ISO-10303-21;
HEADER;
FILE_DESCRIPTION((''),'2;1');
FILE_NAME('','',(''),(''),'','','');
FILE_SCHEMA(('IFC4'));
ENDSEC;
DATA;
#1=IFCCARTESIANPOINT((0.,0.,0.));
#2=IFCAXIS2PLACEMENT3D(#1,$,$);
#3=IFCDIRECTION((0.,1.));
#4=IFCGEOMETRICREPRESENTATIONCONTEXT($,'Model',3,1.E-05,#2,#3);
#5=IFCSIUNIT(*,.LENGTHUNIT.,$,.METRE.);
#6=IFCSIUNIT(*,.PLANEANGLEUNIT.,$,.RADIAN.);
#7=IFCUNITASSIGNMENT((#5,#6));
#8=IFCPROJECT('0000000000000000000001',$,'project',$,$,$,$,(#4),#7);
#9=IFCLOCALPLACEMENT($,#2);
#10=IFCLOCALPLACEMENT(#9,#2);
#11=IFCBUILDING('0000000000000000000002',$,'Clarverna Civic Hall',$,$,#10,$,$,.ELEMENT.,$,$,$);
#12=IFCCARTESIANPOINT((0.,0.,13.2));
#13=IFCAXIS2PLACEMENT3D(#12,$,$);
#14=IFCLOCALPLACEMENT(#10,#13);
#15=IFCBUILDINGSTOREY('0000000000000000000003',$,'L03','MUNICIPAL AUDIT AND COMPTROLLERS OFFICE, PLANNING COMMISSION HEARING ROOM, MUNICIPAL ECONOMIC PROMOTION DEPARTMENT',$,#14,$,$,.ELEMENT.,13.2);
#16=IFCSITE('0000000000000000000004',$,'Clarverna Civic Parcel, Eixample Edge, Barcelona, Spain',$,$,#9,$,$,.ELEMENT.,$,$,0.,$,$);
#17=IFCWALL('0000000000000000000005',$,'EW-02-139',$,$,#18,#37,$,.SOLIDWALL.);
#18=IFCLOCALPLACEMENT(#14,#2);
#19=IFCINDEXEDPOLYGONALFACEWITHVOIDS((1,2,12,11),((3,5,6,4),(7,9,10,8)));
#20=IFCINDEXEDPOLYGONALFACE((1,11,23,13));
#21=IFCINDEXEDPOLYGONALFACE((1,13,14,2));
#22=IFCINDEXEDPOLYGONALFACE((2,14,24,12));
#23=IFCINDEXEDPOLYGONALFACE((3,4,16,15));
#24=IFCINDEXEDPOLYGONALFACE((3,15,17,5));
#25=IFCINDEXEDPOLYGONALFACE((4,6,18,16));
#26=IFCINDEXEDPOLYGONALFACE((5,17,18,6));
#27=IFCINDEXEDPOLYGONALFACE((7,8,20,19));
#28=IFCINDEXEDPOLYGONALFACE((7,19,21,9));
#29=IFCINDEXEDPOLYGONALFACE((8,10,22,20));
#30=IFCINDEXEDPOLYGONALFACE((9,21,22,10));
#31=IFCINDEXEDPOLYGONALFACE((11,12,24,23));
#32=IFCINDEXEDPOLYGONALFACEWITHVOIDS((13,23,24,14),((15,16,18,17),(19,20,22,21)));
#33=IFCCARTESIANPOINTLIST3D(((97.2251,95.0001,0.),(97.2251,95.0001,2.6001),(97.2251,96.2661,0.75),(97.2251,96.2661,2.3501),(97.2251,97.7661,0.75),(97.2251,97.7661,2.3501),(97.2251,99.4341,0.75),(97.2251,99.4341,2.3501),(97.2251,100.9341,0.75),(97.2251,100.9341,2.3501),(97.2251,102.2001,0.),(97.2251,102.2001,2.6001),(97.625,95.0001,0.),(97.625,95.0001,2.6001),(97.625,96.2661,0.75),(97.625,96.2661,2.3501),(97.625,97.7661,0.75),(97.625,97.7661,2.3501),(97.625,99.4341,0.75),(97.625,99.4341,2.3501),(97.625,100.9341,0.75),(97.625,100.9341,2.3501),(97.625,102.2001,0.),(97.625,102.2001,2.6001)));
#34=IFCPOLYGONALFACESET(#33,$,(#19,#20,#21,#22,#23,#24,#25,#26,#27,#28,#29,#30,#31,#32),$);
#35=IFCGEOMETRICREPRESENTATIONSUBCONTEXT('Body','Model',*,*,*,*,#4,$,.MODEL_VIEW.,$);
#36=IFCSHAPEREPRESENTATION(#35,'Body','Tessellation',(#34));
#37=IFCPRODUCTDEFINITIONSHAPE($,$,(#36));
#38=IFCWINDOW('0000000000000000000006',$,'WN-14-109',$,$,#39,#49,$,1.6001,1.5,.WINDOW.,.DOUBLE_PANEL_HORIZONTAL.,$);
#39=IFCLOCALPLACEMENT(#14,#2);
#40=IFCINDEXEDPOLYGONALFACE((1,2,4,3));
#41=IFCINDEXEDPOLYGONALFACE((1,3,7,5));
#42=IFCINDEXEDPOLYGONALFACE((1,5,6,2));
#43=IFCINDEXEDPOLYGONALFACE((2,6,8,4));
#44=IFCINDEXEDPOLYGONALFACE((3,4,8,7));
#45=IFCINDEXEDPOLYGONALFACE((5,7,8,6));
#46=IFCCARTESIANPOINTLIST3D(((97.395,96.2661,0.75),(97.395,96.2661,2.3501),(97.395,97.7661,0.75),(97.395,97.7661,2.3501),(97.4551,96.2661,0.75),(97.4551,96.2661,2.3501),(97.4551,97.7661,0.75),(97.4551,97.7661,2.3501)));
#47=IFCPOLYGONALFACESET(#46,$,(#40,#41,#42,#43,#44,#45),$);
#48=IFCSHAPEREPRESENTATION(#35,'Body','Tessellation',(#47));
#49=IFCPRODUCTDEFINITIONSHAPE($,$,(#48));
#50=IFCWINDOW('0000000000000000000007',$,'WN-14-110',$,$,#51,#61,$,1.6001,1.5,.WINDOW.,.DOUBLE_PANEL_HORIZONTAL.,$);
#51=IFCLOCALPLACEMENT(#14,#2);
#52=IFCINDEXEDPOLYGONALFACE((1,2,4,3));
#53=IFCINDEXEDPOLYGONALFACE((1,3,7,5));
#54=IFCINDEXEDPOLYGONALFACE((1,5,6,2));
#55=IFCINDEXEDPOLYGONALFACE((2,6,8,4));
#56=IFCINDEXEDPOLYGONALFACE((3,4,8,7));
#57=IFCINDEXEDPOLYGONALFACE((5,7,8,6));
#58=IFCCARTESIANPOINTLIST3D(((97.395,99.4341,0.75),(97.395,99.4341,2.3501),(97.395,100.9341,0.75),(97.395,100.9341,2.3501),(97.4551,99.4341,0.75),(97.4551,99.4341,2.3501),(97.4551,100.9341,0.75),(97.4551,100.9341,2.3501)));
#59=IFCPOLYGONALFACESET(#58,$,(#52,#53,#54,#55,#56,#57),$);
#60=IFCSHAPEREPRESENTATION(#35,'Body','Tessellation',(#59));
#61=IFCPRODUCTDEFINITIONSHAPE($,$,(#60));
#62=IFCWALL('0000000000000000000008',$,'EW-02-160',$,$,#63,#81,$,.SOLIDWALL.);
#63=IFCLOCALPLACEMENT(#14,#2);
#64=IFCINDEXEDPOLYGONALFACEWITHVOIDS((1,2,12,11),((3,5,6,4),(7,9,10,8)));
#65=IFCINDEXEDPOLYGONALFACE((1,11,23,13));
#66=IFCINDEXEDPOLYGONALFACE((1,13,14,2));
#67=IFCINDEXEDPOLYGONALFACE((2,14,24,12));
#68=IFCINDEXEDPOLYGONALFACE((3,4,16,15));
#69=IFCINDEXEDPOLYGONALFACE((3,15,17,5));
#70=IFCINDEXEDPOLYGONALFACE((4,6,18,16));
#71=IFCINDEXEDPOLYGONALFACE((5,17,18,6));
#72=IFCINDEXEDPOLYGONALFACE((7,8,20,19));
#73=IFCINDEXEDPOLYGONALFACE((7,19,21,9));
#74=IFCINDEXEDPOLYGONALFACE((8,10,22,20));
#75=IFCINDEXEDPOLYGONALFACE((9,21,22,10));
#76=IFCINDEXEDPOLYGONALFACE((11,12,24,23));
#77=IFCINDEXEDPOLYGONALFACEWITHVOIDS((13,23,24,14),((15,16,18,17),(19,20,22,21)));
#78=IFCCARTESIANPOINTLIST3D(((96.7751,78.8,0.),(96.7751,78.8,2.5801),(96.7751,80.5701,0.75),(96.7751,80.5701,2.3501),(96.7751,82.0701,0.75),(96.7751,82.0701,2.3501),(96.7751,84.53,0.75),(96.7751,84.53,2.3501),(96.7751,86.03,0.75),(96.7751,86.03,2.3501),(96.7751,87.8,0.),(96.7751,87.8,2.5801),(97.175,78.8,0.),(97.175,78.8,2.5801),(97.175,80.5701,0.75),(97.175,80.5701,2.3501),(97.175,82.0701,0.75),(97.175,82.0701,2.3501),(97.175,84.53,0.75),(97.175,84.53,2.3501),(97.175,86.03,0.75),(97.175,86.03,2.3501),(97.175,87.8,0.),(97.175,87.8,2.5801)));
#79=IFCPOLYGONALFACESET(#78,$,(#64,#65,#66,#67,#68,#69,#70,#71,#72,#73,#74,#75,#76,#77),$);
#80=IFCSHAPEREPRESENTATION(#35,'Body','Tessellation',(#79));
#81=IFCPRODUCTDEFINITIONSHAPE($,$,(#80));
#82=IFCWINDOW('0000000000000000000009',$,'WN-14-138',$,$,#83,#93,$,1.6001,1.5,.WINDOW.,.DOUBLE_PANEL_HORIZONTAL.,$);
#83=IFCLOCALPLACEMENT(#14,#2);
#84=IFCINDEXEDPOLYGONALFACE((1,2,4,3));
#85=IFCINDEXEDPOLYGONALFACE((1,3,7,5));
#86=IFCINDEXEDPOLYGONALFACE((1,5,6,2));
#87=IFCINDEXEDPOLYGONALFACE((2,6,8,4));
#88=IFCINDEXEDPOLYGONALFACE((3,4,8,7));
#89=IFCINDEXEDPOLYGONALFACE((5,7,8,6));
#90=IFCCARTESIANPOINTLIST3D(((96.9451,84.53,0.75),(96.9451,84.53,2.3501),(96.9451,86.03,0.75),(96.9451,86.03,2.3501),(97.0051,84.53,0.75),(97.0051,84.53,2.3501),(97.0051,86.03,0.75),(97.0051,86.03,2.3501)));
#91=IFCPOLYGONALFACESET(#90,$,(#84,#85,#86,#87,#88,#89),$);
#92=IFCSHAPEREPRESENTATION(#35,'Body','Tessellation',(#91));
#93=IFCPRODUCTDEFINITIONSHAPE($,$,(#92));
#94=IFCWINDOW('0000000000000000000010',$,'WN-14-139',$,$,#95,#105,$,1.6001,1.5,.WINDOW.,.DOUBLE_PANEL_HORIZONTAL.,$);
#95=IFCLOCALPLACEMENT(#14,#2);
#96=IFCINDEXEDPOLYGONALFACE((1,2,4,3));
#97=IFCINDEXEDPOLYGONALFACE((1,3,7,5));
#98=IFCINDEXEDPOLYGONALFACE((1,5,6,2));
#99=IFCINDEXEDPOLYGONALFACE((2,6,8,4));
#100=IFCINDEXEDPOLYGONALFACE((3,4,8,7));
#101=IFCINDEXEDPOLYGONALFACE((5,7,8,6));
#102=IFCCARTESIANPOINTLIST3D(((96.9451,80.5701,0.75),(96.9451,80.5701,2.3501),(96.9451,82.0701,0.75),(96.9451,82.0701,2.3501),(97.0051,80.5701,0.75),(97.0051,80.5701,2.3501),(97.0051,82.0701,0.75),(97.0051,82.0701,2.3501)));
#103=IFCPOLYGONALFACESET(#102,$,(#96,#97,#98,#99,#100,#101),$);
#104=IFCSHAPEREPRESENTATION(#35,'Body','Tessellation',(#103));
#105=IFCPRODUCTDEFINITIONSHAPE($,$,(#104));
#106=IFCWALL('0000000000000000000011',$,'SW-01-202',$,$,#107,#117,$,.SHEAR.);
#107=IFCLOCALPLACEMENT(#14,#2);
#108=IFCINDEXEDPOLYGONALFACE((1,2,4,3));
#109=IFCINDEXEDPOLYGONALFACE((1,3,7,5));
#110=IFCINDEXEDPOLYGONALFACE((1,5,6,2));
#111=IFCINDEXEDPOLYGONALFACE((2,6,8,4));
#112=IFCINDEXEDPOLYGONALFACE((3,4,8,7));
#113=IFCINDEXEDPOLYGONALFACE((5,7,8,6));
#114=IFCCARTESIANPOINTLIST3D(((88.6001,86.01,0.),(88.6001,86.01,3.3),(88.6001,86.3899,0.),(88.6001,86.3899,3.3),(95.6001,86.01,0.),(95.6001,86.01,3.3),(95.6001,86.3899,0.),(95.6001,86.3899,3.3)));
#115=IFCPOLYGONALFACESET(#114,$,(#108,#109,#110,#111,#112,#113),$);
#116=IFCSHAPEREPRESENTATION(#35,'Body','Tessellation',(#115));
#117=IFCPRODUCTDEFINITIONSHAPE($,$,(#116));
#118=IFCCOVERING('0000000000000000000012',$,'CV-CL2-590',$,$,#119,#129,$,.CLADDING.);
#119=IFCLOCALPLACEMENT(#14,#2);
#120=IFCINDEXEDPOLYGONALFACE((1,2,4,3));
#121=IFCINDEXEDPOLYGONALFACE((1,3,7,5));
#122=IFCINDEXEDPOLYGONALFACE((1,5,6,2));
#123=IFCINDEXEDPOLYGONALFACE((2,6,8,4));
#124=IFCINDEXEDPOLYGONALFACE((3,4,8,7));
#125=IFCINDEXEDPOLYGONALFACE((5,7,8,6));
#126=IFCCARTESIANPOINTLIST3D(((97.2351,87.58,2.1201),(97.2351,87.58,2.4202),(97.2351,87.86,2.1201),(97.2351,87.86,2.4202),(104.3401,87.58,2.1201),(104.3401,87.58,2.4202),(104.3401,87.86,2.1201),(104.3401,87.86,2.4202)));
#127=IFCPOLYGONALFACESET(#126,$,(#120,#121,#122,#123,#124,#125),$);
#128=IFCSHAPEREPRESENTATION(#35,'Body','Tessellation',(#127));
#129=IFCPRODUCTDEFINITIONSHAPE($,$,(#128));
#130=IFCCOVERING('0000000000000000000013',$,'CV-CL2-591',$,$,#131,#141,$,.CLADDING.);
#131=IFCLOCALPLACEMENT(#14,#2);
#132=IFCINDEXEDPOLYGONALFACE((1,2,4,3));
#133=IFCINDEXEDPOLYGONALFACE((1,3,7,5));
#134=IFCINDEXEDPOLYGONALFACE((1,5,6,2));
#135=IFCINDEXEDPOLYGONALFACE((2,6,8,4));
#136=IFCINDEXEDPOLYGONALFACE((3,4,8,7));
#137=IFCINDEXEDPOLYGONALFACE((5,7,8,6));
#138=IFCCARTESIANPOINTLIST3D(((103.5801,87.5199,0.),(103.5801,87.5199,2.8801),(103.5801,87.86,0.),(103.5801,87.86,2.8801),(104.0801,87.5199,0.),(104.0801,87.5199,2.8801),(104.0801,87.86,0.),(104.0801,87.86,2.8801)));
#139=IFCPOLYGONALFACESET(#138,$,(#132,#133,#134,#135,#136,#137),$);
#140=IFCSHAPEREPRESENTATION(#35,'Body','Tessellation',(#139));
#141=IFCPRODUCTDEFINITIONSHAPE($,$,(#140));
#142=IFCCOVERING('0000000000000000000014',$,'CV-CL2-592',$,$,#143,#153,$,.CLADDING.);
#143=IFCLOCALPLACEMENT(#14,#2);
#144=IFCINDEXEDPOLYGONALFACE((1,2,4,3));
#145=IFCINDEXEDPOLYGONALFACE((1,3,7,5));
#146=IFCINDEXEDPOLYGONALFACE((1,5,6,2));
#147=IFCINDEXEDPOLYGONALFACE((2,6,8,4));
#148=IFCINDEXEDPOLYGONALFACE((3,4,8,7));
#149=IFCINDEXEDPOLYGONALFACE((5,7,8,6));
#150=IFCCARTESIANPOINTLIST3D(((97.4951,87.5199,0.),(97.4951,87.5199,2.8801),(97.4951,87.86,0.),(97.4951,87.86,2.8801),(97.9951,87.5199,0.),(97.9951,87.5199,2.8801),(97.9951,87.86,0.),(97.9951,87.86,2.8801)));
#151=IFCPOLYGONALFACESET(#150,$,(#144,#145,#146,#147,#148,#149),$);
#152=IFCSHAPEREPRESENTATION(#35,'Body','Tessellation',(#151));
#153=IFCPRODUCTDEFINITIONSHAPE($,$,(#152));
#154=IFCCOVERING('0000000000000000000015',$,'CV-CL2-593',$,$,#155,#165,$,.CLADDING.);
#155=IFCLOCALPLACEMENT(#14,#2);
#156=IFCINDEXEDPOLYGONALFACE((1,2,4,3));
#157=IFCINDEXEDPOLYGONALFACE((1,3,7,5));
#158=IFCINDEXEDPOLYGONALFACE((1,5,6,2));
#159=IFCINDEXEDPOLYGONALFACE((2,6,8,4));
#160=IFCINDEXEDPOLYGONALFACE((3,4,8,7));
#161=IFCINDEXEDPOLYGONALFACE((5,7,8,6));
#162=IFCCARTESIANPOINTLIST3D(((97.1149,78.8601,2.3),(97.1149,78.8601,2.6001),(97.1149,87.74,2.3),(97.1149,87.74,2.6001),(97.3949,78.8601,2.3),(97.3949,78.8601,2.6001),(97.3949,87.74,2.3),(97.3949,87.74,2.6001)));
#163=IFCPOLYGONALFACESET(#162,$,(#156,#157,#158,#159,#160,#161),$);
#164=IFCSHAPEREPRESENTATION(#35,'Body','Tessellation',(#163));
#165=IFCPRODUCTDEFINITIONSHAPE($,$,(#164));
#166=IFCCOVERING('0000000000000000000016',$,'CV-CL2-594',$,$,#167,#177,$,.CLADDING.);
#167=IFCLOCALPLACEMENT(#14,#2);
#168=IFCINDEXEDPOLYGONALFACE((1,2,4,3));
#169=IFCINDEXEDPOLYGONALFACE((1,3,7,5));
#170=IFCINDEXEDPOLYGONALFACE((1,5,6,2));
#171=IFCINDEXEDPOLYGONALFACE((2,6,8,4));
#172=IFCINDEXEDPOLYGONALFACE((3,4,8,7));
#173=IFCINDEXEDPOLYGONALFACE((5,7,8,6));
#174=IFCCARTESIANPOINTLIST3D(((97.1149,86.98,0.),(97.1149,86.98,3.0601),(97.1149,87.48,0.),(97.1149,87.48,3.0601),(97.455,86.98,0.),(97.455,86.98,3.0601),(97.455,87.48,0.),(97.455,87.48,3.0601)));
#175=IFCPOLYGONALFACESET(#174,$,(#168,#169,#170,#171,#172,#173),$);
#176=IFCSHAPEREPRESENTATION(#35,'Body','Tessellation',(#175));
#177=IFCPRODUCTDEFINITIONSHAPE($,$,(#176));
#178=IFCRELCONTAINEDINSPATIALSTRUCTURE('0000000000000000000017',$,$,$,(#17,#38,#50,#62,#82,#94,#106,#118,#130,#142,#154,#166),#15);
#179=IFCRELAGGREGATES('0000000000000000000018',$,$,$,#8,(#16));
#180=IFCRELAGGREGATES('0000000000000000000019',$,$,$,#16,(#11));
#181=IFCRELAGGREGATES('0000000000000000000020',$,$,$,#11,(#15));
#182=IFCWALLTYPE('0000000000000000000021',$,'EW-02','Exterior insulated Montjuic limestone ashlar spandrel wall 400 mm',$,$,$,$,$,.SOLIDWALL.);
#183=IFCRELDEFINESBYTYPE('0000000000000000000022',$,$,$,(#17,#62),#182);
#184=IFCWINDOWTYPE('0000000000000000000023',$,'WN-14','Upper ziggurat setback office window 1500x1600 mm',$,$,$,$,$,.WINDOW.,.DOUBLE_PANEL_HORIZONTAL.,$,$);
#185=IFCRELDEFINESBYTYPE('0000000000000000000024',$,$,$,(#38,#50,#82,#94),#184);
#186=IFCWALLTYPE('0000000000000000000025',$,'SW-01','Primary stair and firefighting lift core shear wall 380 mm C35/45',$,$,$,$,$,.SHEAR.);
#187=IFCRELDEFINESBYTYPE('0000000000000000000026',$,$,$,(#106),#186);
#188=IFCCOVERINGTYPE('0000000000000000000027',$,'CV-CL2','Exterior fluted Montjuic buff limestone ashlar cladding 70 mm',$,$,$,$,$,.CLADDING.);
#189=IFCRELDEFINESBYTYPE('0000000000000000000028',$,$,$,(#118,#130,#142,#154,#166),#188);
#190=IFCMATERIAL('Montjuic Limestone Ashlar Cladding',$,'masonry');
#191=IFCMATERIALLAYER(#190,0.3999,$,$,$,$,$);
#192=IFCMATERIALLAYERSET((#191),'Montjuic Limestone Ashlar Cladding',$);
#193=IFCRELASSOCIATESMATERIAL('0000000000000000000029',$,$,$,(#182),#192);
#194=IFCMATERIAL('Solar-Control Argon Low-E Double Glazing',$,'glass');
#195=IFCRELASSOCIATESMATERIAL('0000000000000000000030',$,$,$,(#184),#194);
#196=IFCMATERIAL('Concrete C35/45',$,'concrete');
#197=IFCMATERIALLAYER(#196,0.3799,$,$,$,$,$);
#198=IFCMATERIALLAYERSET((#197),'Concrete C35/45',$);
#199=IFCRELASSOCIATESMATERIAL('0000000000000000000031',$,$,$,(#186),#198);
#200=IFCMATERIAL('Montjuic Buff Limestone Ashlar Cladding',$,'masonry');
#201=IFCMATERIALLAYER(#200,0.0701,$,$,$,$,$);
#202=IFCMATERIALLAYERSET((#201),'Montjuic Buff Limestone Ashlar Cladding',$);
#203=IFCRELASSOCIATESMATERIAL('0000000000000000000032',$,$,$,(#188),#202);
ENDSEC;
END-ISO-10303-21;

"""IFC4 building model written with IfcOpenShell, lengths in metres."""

from ifc_helpers import new_model, si_unit, direction, frame, frame_2d, origin, place, context, subcontext, project, spatial, rectangle, extrude, material, layer, layer_set, type_object, element, fill, save


model = new_model("IFC4")

# Units and contexts
model_context = context("Model", 3, precision=1e-05, world=origin(), true_north=direction((0.0, 1.0)))
body_context = subcontext(model_context, "Body", "Model", "MODEL_VIEW")
ifc_project = project(units=[si_unit("LENGTHUNIT", "METRE"), si_unit("PLANEANGLEUNIT", "RADIAN")], contexts=[model_context])

# Site, building, storey
site_placement = place(None, origin())
site = spatial("IfcSite", under=ifc_project, at=site_placement, Name="Clarverna Civic Parcel, Eixample Edge, Barcelona, Spain", CompositionType="ELEMENT", RefElevation=0.0)
building_placement = place(site_placement, origin())
building = spatial("IfcBuilding", under=site, at=building_placement, Name="Clarverna Civic Hall", CompositionType="ELEMENT")
storey_placement = place(building_placement, frame((0.0, 0.0, 13.2)))
storey = spatial("IfcBuildingStorey", under=building, at=storey_placement, Name="L03", Description="MUNICIPAL AUDIT AND COMPTROLLERS OFFICE, PLANNING COMMISSION HEARING ROOM, MUNICIPAL ECONOMIC PROMOTION DEPARTMENT", CompositionType="ELEMENT", Elevation=13.2)

# Shared definitions
ifc_material_1 = material(Name="Concrete C35/45", Category="concrete")

# Walls, openings, windows
ifc_material_2 = material(Name="Montjuic Limestone Ashlar Cladding", Category="masonry")
ifc_layer_1 = layer(ifc_material_2, 0.3999)
ifc_layer_set_1 = layer_set([ifc_layer_1], Name="Montjuic Limestone Ashlar Cladding")
wall_type_1 = type_object("IfcWallType", Name="EW-02", Description="Exterior insulated Montjuic limestone ashlar spandrel wall 400 mm", PredefinedType="SOLIDWALL", material=ifc_layer_set_1)
wall_1_placement = place(storey_placement, frame((97.425, 95.0, 0.0), z_axis=(0.0, 0.0, 1.0), x_axis=(0.0, 1.0, 0.0)))
wall_1 = element("IfcWall", 1, at=wall_1_placement, inside=storey, type_object=wall_type_1, Name="EW-02-139", PredefinedType="SOLIDWALL", context=body_context, shape_type="SweptSolid", body=[
    extrude(rectangle(XDim=7.2, YDim=0.3999, at=frame_2d((3.6001, 0.0))), origin(), (0.0, 0.0, 1.0), 2.6001),
])
opening_1_placement = place(wall_1_placement, frame((1.2661, 0.0, 0.75)))
opening_1 = element("IfcOpeningElement", 2, at=opening_1_placement, cuts=wall_1, PredefinedType="OPENING", context=body_context, shape_type="SweptSolid", body=[
    extrude(rectangle(XDim=1.5, YDim=1.6001, at=frame_2d((0.75, 0.8))), frame((0.0, 0.21, 0.0), z_axis=(0.0, -1.0, 0.0), x_axis=(1.0, 0.0, 0.0)), (0.0, 0.0, 1.0), 0.4199),
])
opening_2_placement = place(wall_1_placement, frame((4.4341, 0.0, 0.75)))
opening_2 = element("IfcOpeningElement", 3, at=opening_2_placement, cuts=wall_1, PredefinedType="OPENING", context=body_context, shape_type="SweptSolid", body=[
    extrude(rectangle(XDim=1.5, YDim=1.6001, at=frame_2d((0.75, 0.8))), frame((0.0, 0.21, 0.0), z_axis=(0.0, -1.0, 0.0), x_axis=(1.0, 0.0, 0.0)), (0.0, 0.0, 1.0), 0.4199),
])
ifc_material_3 = material(Name="Solar-Control Argon Low-E Double Glazing", Category="glass")
window_type = type_object("IfcWindowType", Name="WN-14", Description="Upper ziggurat setback office window 1500x1600 mm", PartitioningType="DOUBLE_PANEL_HORIZONTAL", PredefinedType="WINDOW", material=ifc_material_3)
window_1_placement = place(opening_1_placement, origin())
window_1 = element("IfcWindow", 4, at=window_1_placement, inside=storey, type_object=window_type, Name="WN-14-109", OverallHeight=1.6001, OverallWidth=1.5, PartitioningType="DOUBLE_PANEL_HORIZONTAL", PredefinedType="WINDOW", context=body_context, shape_type="SweptSolid", body=[
    extrude(rectangle(XDim=1.5, YDim=1.6001, at=frame_2d((0.75, 0.8))), frame((0.0, 0.03, 0.0), z_axis=(0.0, -1.0, 0.0), x_axis=(1.0, 0.0, 0.0)), (0.0, 0.0, 1.0), 0.0601),
])
fill(opening_1, window_1)
window_2_placement = place(opening_2_placement, origin())
window_2 = element("IfcWindow", 5, at=window_2_placement, inside=storey, type_object=window_type, Name="WN-14-110", OverallHeight=1.6001, OverallWidth=1.5, PartitioningType="DOUBLE_PANEL_HORIZONTAL", PredefinedType="WINDOW", context=body_context, shape_type="SweptSolid", body=[
    extrude(rectangle(XDim=1.5, YDim=1.6001, at=frame_2d((0.75, 0.8))), frame((0.0, 0.03, 0.0), z_axis=(0.0, -1.0, 0.0), x_axis=(1.0, 0.0, 0.0)), (0.0, 0.0, 1.0), 0.0601),
])
fill(opening_2, window_2)
wall_2_placement = place(storey_placement, frame((96.9751, 87.8, 0.0), z_axis=(0.0, 0.0, 1.0), x_axis=(0.0, -1.0, 0.0)))
wall_2 = element("IfcWall", 6, at=wall_2_placement, inside=storey, type_object=wall_type_1, Name="EW-02-160", PredefinedType="SOLIDWALL", context=body_context, shape_type="SweptSolid", body=[
    extrude(rectangle(XDim=9.0, YDim=0.3999, at=frame_2d((4.5, 0.0))), origin(), (0.0, 0.0, 1.0), 2.5801),
])
opening_3_placement = place(wall_2_placement, frame((1.77, 0.0, 0.75)))
opening_3 = element("IfcOpeningElement", 7, at=opening_3_placement, cuts=wall_2, PredefinedType="OPENING", context=body_context, shape_type="SweptSolid", body=[
    extrude(rectangle(XDim=1.5, YDim=1.6001, at=frame_2d((0.75, 0.8))), frame((0.0, 0.21, 0.0), z_axis=(0.0, -1.0, 0.0), x_axis=(1.0, 0.0, 0.0)), (0.0, 0.0, 1.0), 0.4199),
])
opening_4_placement = place(wall_2_placement, frame((5.73, 0.0, 0.75)))
opening_4 = element("IfcOpeningElement", 8, at=opening_4_placement, cuts=wall_2, PredefinedType="OPENING", context=body_context, shape_type="SweptSolid", body=[
    extrude(rectangle(XDim=1.5, YDim=1.6001, at=frame_2d((0.75, 0.8))), frame((0.0, 0.21, 0.0), z_axis=(0.0, -1.0, 0.0), x_axis=(1.0, 0.0, 0.0)), (0.0, 0.0, 1.0), 0.4199),
])
window_3_placement = place(opening_3_placement, origin())
window_3 = element("IfcWindow", 9, at=window_3_placement, inside=storey, type_object=window_type, Name="WN-14-138", OverallHeight=1.6001, OverallWidth=1.5, PartitioningType="DOUBLE_PANEL_HORIZONTAL", PredefinedType="WINDOW", context=body_context, shape_type="SweptSolid", body=[
    extrude(rectangle(XDim=1.5, YDim=1.6001, at=frame_2d((0.75, 0.8))), frame((0.0, 0.03, 0.0), z_axis=(0.0, -1.0, 0.0), x_axis=(1.0, 0.0, 0.0)), (0.0, 0.0, 1.0), 0.0601),
])
fill(opening_3, window_3)
window_4_placement = place(opening_4_placement, origin())
window_4 = element("IfcWindow", 10, at=window_4_placement, inside=storey, type_object=window_type, Name="WN-14-139", OverallHeight=1.6001, OverallWidth=1.5, PartitioningType="DOUBLE_PANEL_HORIZONTAL", PredefinedType="WINDOW", context=body_context, shape_type="SweptSolid", body=[
    extrude(rectangle(XDim=1.5, YDim=1.6001, at=frame_2d((0.75, 0.8))), frame((0.0, 0.03, 0.0), z_axis=(0.0, -1.0, 0.0), x_axis=(1.0, 0.0, 0.0)), (0.0, 0.0, 1.0), 0.0601),
])
fill(opening_4, window_4)

# Wall
ifc_layer_2 = layer(ifc_material_1, 0.3799)
ifc_layer_set_2 = layer_set([ifc_layer_2], Name="Concrete C35/45")
wall_type_2 = type_object("IfcWallType", Name="SW-01", Description="Primary stair and firefighting lift core shear wall 380 mm C35/45", PredefinedType="SHEAR", material=ifc_layer_set_2)
wall_3_placement = place(storey_placement, frame((88.6001, 86.2, 0.0), z_axis=(0.0, 0.0, 1.0), x_axis=(1.0, 0.0, 0.0)))
element("IfcWall", 11, at=wall_3_placement, inside=storey, type_object=wall_type_2, Name="SW-01-202", PredefinedType="SHEAR", context=body_context, shape_type="SweptSolid", body=[
    extrude(rectangle(XDim=7.0, YDim=0.3799, at=frame_2d((3.5, 0.0))), origin(), (0.0, 0.0, 1.0), 3.3),
])

# Coverings
ifc_material_4 = material(Name="Montjuic Buff Limestone Ashlar Cladding", Category="masonry")
ifc_layer_3 = layer(ifc_material_4, 0.0701)
ifc_layer_set_3 = layer_set([ifc_layer_3], Name="Montjuic Buff Limestone Ashlar Cladding")
covering_type = type_object("IfcCoveringType", Name="CV-CL2", Description="Exterior fluted Montjuic buff limestone ashlar cladding 70 mm", PredefinedType="CLADDING", material=ifc_layer_set_3)
covering_1_placement = place(storey_placement, frame((104.3401, 87.72, 2.1201), z_axis=(0.0, 0.0, 1.0), x_axis=(-1.0, 0.0, 0.0)))
element("IfcCovering", 12, at=covering_1_placement, inside=storey, type_object=covering_type, Name="CV-CL2-590", PredefinedType="CLADDING", context=body_context, shape_type="SweptSolid", body=[
    extrude(rectangle(XDim=7.105, YDim=0.28, at=frame_2d((3.5525, 0.0))), origin(), (0.0, 0.0, 1.0), 0.3),
])
for number, where, z_axis, x_axis, name in (
    (13, (104.0801, 87.6899, 0.0), (0.0, 0.0, 1.0), (-1.0, 0.0, 0.0), "CV-CL2-591"),
    (14, (97.9951, 87.6899, 0.0), (0.0, 0.0, 1.0), (-1.0, 0.0, 0.0), "CV-CL2-592"),
):
    element("IfcCovering", number, at=place(storey_placement, frame(where, z_axis=z_axis, x_axis=x_axis)), inside=storey, type_object=covering_type, Name=name, PredefinedType="CLADDING", context=body_context, shape_type="SweptSolid", body=[
        extrude(rectangle(XDim=0.5, YDim=0.3401, at=frame_2d((0.25, 0.0))), origin(), (0.0, 0.0, 1.0), 2.8801),
    ])
covering_2_placement = place(storey_placement, frame((97.2549, 87.74, 2.3), z_axis=(0.0, 0.0, 1.0), x_axis=(0.0, -1.0, 0.0)))
element("IfcCovering", 15, at=covering_2_placement, inside=storey, type_object=covering_type, Name="CV-CL2-593", PredefinedType="CLADDING", context=body_context, shape_type="SweptSolid", body=[
    extrude(rectangle(XDim=8.8799, YDim=0.28, at=frame_2d((4.4399, 0.0))), origin(), (0.0, 0.0, 1.0), 0.3),
])
covering_3_placement = place(storey_placement, frame((97.2849, 87.48, 0.0), z_axis=(0.0, 0.0, 1.0), x_axis=(0.0, -1.0, 0.0)))
element("IfcCovering", 16, at=covering_3_placement, inside=storey, type_object=covering_type, Name="CV-CL2-594", PredefinedType="CLADDING", context=body_context, shape_type="SweptSolid", body=[
    extrude(rectangle(XDim=0.5, YDim=0.3401, at=frame_2d((0.25, 0.0))), origin(), (0.0, 0.0, 1.0), 3.0601),
])

save(model, "model.ifc")
